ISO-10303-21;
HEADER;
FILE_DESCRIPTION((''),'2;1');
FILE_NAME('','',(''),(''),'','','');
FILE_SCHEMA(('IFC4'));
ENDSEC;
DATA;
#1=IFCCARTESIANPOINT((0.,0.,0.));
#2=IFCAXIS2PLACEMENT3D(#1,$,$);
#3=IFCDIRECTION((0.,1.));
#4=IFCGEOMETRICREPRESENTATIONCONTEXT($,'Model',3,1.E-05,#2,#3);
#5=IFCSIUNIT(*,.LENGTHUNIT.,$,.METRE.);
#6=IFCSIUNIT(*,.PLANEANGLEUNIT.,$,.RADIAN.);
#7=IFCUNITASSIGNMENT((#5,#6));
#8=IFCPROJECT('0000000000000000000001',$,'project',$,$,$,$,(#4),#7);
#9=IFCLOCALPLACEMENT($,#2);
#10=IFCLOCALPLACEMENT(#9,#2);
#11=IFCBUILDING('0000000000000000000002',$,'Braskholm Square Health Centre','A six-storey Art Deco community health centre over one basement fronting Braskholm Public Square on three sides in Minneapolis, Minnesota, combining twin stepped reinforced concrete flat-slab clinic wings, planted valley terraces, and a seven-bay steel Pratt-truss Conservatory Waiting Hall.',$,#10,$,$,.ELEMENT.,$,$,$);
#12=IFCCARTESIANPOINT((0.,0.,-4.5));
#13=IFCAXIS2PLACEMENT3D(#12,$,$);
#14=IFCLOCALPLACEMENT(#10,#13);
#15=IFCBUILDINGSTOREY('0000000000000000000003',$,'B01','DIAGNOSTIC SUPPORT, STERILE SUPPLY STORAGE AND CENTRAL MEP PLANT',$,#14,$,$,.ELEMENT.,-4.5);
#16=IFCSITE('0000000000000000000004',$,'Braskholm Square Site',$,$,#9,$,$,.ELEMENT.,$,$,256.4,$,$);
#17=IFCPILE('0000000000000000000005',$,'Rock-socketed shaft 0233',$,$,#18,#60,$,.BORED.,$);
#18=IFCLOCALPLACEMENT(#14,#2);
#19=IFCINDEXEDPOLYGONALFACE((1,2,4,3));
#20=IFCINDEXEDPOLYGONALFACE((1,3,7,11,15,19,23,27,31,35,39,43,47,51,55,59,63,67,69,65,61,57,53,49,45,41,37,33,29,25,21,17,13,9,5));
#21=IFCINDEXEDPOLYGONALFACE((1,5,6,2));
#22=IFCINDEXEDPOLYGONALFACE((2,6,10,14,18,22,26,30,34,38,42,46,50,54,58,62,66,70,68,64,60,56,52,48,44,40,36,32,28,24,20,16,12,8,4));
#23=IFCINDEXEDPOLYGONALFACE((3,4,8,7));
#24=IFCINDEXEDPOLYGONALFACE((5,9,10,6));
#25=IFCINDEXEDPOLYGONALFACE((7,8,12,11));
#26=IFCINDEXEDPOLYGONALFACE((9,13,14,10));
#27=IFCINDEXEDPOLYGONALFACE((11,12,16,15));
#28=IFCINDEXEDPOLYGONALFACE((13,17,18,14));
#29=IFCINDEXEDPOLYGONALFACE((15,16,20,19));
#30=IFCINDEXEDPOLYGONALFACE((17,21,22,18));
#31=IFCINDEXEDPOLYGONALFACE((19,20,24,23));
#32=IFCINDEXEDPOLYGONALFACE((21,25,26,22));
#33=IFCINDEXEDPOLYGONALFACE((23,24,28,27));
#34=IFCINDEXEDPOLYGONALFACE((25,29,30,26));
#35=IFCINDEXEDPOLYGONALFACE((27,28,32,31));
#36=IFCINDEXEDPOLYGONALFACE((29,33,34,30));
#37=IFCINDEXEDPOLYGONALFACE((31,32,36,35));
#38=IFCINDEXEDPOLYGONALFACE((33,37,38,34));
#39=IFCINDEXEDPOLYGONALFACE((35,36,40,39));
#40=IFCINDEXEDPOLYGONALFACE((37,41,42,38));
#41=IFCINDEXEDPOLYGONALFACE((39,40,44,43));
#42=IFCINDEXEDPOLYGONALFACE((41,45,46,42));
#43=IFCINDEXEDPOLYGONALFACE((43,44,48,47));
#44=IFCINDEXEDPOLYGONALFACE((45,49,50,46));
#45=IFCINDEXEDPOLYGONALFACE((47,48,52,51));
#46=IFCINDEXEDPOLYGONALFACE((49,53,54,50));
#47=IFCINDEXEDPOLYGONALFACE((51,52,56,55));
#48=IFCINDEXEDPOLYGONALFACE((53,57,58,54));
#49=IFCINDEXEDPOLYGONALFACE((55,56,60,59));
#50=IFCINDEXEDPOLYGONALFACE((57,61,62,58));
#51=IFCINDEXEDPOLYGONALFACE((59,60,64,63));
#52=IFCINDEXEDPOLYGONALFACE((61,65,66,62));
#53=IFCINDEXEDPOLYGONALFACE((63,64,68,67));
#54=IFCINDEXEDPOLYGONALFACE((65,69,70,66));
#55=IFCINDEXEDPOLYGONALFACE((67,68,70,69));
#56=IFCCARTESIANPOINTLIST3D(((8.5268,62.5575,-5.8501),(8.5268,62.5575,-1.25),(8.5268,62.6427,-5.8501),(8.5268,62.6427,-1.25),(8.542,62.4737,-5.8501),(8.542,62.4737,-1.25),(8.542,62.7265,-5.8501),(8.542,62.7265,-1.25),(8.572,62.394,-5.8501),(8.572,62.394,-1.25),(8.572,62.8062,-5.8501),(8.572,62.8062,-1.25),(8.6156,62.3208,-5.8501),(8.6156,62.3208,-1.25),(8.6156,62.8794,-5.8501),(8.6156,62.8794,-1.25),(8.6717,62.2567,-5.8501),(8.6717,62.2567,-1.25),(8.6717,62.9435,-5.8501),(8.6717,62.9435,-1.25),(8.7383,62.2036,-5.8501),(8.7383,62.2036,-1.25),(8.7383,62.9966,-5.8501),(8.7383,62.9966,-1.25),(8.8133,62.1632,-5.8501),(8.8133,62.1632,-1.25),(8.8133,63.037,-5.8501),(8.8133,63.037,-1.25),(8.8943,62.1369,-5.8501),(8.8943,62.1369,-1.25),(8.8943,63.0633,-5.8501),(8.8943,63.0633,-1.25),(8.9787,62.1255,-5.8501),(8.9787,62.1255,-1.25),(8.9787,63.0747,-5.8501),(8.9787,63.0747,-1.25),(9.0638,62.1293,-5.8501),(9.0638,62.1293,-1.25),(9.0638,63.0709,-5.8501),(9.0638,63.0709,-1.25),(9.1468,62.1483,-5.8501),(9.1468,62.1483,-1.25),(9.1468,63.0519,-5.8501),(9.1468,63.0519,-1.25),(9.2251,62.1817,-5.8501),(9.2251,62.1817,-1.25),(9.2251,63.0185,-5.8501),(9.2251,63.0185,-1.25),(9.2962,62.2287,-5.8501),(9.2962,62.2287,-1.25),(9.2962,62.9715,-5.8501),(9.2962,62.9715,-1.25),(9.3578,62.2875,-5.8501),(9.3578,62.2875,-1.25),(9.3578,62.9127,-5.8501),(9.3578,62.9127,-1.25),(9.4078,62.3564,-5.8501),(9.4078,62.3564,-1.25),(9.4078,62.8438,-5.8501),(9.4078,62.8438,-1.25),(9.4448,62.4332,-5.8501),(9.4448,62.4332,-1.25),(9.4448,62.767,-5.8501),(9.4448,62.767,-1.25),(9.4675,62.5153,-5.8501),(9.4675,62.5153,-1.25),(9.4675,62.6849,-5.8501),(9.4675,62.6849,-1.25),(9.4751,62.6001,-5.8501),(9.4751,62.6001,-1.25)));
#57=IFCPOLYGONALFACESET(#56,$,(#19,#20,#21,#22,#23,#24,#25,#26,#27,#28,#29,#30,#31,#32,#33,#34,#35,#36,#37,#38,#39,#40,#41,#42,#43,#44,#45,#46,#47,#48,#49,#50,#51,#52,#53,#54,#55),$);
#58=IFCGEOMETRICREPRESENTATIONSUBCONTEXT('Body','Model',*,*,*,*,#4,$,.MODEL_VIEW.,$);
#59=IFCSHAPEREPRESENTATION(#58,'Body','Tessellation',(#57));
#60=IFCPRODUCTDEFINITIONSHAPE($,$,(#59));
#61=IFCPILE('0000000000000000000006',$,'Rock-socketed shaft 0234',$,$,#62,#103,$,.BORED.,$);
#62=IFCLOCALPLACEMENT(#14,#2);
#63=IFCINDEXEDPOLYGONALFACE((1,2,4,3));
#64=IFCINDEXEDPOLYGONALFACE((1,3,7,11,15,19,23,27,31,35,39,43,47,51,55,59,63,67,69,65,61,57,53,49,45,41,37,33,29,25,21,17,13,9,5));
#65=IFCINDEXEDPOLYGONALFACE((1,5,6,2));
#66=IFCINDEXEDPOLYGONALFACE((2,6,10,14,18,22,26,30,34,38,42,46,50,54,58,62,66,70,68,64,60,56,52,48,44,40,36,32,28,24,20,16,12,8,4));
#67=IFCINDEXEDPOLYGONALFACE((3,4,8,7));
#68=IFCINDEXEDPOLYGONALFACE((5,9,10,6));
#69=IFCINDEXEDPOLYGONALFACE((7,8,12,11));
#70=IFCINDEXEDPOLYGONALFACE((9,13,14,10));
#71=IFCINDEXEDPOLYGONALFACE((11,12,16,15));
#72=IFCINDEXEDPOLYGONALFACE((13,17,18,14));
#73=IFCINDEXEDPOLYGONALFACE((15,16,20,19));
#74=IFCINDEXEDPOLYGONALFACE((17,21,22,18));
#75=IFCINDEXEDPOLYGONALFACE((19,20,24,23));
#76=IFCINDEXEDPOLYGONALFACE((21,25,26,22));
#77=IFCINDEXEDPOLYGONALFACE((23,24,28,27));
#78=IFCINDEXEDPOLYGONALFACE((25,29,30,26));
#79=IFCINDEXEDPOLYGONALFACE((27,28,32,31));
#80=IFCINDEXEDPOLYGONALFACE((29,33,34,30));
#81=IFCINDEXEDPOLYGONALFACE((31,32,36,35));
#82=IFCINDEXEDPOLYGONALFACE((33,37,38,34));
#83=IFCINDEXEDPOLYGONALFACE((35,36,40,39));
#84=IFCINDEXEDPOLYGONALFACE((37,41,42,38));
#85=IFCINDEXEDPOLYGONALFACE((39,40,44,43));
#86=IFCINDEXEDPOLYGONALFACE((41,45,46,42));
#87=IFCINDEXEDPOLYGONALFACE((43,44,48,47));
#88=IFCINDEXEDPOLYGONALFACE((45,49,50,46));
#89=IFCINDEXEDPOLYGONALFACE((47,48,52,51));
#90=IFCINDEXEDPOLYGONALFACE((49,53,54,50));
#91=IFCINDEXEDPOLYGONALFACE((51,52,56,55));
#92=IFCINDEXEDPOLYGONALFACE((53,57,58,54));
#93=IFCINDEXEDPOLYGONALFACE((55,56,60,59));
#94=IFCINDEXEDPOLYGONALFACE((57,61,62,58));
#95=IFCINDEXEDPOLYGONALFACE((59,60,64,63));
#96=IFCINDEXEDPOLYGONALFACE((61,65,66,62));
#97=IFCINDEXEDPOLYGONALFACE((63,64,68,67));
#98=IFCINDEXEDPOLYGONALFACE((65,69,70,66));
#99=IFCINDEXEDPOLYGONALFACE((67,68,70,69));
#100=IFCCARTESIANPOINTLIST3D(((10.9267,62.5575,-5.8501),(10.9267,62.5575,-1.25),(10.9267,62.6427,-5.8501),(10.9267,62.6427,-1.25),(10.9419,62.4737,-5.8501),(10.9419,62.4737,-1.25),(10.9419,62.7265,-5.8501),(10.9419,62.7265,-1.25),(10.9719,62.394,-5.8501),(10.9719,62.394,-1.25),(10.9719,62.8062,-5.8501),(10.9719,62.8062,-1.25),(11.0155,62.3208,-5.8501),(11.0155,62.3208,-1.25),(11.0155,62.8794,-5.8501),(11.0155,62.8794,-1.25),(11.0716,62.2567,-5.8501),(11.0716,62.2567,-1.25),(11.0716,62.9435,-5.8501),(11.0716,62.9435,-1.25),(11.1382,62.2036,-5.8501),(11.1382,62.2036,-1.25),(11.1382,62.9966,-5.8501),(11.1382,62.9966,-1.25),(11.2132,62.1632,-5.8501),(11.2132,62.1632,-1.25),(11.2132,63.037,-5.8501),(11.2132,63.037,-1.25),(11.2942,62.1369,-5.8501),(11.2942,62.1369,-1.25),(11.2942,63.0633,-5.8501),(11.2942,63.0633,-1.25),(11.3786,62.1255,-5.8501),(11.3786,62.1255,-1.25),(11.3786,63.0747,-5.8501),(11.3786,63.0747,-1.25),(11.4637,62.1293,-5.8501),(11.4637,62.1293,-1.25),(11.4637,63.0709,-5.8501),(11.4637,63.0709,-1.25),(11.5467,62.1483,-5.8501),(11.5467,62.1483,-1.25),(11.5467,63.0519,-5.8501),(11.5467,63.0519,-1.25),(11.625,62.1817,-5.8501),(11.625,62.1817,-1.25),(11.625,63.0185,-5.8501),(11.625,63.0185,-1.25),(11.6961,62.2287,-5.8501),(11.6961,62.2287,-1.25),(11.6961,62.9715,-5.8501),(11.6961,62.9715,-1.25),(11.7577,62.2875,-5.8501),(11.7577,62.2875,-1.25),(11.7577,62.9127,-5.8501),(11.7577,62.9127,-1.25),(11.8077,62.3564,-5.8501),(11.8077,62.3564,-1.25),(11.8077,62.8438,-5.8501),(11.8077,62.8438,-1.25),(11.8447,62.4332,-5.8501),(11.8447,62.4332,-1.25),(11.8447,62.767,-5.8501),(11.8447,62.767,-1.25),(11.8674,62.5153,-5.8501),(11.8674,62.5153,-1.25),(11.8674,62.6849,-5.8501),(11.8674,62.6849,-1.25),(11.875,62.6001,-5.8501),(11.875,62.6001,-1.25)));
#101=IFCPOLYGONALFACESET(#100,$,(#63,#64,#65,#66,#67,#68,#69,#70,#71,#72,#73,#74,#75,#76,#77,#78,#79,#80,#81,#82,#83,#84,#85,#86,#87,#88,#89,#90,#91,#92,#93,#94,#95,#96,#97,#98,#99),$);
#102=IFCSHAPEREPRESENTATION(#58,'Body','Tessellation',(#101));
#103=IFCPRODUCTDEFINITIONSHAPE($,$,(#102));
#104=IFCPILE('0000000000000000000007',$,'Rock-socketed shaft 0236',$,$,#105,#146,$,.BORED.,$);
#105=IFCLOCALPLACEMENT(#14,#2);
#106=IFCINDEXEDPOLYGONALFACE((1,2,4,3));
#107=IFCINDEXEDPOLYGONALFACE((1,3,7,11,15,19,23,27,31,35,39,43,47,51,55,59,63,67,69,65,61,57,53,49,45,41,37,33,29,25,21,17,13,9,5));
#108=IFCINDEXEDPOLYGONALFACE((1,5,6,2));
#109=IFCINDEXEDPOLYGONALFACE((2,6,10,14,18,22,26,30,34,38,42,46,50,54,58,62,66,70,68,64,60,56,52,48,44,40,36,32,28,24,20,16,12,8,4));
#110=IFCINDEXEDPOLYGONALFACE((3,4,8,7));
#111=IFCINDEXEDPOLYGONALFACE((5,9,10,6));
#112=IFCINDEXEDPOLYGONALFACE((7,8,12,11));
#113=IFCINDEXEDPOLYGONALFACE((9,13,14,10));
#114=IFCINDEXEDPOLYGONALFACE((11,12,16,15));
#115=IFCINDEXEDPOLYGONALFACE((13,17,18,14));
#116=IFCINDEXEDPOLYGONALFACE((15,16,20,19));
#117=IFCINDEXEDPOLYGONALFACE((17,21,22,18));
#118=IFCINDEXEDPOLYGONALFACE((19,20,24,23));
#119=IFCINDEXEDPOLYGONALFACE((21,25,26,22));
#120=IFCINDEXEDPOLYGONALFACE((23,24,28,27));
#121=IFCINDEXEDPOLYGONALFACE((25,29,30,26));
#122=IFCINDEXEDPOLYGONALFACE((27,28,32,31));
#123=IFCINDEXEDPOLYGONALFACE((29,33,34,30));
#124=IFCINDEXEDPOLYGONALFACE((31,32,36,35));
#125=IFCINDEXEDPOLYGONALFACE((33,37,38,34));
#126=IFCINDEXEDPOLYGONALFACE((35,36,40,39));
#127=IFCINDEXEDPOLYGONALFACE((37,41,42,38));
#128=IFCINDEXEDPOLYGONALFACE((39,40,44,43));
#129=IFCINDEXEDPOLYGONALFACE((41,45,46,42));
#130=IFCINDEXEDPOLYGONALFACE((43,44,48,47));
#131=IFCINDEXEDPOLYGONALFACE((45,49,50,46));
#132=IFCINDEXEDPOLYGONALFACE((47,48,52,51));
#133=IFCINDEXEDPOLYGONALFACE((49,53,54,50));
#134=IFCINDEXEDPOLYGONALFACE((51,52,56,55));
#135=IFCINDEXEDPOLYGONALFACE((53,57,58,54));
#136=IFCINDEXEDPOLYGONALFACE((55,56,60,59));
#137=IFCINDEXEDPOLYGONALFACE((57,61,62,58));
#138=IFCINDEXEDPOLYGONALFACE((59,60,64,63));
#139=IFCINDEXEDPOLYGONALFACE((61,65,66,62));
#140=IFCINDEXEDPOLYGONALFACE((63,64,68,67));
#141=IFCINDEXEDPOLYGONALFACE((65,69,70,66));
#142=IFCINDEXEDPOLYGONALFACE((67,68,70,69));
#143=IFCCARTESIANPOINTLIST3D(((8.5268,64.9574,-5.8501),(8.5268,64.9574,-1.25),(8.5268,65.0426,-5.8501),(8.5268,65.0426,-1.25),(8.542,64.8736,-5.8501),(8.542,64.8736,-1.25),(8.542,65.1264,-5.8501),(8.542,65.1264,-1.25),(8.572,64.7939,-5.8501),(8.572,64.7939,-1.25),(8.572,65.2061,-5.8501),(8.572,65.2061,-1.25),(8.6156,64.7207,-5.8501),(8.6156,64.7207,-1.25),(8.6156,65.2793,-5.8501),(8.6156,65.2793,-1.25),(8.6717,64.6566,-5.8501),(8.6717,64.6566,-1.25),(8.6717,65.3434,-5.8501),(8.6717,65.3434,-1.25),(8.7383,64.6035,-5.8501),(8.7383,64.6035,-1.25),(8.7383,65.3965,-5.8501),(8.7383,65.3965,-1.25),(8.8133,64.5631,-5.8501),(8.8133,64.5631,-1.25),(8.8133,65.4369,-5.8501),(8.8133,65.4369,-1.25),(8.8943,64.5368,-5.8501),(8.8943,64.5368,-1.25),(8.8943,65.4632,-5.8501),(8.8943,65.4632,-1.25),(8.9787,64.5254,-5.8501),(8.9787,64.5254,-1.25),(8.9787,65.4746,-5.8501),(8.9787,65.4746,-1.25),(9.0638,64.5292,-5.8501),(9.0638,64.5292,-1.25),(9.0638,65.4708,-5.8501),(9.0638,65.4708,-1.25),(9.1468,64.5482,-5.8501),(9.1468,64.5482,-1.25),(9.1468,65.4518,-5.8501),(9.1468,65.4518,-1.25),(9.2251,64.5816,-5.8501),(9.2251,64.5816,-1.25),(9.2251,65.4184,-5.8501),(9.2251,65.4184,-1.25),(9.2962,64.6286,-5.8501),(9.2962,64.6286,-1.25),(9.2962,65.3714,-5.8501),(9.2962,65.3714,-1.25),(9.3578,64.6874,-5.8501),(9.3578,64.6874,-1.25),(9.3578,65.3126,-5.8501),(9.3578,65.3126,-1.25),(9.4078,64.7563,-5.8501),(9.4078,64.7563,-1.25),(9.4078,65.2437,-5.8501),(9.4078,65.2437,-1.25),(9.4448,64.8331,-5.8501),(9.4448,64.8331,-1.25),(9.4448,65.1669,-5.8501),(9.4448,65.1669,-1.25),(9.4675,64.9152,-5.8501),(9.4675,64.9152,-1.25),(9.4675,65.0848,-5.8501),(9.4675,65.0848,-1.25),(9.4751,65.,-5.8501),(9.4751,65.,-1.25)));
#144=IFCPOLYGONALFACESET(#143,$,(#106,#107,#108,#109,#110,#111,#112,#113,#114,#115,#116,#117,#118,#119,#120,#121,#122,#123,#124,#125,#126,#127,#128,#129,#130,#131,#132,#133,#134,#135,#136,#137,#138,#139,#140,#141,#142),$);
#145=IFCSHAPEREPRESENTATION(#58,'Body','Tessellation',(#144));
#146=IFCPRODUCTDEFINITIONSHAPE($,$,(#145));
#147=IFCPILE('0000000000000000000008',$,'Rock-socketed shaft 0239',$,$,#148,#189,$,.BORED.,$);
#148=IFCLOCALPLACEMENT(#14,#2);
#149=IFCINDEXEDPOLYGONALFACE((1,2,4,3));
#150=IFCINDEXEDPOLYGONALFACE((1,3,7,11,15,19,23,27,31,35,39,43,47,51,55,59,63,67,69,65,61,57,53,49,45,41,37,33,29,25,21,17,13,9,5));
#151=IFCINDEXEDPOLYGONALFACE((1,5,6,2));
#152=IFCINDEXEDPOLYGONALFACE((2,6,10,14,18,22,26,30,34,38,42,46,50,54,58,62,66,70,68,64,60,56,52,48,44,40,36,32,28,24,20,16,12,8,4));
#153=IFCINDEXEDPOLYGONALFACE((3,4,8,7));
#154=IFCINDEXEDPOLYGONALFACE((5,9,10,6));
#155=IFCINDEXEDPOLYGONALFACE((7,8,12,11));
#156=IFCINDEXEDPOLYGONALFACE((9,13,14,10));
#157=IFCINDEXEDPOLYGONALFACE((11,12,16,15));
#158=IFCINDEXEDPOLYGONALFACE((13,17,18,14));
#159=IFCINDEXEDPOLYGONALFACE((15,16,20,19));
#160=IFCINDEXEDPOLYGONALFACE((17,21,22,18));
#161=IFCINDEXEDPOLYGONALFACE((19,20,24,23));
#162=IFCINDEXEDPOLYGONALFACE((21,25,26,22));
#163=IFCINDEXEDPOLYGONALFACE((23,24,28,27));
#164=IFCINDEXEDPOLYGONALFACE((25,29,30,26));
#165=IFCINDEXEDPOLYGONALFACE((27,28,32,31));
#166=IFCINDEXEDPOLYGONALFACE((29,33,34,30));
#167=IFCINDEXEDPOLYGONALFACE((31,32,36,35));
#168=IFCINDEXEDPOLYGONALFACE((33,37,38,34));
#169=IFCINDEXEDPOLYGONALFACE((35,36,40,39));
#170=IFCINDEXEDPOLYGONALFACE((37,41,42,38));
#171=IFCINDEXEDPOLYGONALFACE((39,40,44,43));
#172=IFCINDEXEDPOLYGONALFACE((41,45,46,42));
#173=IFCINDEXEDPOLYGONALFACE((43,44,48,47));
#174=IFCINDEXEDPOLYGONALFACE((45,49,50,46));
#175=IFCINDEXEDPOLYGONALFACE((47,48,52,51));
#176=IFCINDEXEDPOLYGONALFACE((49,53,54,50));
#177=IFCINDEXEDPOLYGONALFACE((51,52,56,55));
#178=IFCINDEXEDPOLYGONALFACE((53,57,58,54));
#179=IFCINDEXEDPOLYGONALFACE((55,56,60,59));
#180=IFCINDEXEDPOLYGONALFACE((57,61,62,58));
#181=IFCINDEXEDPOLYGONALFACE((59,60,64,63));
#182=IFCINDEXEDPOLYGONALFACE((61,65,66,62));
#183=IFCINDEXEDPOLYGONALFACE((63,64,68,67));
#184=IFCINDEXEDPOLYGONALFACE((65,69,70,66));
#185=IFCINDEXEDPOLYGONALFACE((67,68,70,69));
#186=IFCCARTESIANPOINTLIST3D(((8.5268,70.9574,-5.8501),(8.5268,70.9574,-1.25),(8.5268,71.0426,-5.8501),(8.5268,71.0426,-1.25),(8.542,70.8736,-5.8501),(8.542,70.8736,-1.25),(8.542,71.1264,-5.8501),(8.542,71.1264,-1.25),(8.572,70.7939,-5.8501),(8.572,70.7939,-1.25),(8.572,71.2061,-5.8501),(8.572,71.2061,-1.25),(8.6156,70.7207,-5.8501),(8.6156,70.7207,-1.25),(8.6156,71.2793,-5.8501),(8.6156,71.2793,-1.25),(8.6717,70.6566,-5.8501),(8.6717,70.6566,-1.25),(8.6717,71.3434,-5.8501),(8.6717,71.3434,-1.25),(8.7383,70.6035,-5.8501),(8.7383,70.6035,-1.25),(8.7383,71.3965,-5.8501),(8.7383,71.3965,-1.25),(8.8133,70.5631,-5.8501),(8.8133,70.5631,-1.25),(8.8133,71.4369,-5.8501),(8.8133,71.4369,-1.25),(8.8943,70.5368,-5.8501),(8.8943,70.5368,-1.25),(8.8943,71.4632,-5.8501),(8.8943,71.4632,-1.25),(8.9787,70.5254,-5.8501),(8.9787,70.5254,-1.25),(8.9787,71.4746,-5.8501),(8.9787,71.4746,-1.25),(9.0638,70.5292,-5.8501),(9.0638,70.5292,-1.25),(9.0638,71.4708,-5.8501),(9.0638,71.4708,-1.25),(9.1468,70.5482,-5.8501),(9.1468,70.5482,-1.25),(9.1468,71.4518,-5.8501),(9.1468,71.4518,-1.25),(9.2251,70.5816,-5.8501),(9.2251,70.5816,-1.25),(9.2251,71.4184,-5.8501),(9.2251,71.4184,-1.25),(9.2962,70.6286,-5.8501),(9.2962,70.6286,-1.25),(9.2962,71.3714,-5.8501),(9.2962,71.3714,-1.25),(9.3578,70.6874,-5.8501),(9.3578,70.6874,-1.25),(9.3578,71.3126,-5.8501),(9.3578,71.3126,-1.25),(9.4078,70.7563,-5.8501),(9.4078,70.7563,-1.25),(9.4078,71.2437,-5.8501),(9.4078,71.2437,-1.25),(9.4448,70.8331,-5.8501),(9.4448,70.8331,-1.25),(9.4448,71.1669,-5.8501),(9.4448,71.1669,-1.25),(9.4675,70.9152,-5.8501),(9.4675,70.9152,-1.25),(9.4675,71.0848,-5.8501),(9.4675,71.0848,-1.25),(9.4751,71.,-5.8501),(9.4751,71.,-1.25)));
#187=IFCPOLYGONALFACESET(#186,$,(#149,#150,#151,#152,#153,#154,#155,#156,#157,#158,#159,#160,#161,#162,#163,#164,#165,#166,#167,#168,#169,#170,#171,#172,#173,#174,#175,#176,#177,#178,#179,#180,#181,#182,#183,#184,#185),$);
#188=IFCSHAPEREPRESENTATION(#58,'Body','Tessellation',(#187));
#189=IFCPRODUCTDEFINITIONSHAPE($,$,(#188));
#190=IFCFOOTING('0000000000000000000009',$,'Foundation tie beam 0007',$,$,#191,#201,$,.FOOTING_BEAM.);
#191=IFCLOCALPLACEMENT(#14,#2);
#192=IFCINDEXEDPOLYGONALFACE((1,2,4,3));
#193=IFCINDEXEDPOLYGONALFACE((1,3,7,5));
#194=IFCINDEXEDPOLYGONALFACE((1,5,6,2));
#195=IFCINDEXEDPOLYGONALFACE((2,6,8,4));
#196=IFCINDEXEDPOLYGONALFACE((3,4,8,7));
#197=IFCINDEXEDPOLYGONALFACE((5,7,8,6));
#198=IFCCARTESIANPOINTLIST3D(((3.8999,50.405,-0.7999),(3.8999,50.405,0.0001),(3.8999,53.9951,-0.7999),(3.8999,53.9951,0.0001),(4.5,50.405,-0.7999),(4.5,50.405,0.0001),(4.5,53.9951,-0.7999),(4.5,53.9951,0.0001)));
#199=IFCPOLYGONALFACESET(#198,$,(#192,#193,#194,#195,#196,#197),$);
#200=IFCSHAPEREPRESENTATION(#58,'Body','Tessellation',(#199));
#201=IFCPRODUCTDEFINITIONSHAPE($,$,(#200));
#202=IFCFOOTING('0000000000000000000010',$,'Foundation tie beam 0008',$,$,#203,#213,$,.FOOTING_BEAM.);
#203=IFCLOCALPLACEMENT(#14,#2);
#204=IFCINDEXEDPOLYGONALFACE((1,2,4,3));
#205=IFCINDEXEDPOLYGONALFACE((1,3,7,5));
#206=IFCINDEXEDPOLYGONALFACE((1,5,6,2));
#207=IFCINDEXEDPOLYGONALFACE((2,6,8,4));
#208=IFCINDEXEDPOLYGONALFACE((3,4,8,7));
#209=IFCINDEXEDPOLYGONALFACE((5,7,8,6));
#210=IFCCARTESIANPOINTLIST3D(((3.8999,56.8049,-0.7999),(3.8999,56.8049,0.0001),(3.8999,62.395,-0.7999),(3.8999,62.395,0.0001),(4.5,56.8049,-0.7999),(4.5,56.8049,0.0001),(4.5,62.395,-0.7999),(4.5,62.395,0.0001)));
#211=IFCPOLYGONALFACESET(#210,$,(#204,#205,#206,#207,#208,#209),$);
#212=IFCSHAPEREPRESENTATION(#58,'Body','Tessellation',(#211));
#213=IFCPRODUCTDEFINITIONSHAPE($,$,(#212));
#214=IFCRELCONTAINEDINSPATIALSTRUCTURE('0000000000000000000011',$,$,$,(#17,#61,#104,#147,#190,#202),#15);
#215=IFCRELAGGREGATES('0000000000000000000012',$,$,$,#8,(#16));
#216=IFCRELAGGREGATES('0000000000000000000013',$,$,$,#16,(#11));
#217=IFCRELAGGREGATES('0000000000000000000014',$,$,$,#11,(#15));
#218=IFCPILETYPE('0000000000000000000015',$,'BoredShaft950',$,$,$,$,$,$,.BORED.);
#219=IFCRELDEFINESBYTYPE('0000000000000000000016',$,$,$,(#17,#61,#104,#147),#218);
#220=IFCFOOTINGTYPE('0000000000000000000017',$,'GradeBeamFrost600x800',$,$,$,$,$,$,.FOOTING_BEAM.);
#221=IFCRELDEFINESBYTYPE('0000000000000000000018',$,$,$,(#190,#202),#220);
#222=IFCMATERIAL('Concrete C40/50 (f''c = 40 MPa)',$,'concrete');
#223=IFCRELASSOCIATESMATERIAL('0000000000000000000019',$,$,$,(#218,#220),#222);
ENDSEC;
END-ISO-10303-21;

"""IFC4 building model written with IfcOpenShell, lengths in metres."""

from ifc_helpers import new_model, si_unit, direction, frame, origin, origin_2d, place, context, subcontext, project, spatial, rectangle, circle, extrude, material, material_profile, profile_set, type_object, element, save


model = new_model("IFC4")

# Units and contexts
model_context = context("Model", 3, precision=1e-05, world=origin(), true_north=direction((0.0, 1.0)))
body_context = subcontext(model_context, "Body", "Model", "MODEL_VIEW")
ifc_project = project(units=[si_unit("LENGTHUNIT", "METRE"), si_unit("PLANEANGLEUNIT", "RADIAN")], contexts=[model_context])

# Site, building, storey
site_placement = place(None, origin())
site = spatial("IfcSite", under=ifc_project, at=site_placement, Name="Braskholm Square Site", CompositionType="ELEMENT", RefElevation=256.4)
building_placement = place(site_placement, origin())
building = spatial("IfcBuilding", under=site, at=building_placement, Name="Braskholm Square Health Centre", Description="A six-storey Art Deco community health centre over one basement fronting Braskholm Public Square on three sides in Minneapolis, Minnesota, combining twin stepped reinforced concrete flat-slab clinic wings, planted valley terraces, and a seven-bay steel Pratt-truss Conservatory Waiting Hall.", CompositionType="ELEMENT")
storey_placement = place(building_placement, frame((0.0, 0.0, -4.5)))
storey = spatial("IfcBuildingStorey", under=building, at=storey_placement, Name="B01", Description="DIAGNOSTIC SUPPORT, STERILE SUPPLY STORAGE AND CENTRAL MEP PLANT", CompositionType="ELEMENT", Elevation=-4.5)

# Piles
ifc_material_1 = material(Name="Concrete C40/50 (f'c = 40 MPa)", Category="concrete")
ifc_material_profile_1 = material_profile(ifc_material_1, circle(Radius=0.4751, at=origin_2d()), Name="BORED-PILE-950")
ifc_profile_set_1 = profile_set([ifc_material_profile_1], Name="Concrete C40/50 (f'c = 40 MPa)")
pile_type_1 = type_object("IfcPileType", Name="BoredShaft950", PredefinedType="BORED", material=ifc_profile_set_1)
for number, where, z_axis, x_axis, name in (
    (1, (9.0, 62.6001, -1.25), (0.0, 0.0, -1.0), (1.0, 0.0, 0.0), "Rock-socketed shaft 0233"),
    (2, (11.3999, 62.6001, -1.25), (0.0, 0.0, -1.0), (1.0, 0.0, 0.0), "Rock-socketed shaft 0234"),
    (3, (9.0, 65.0, -1.25), (0.0, 0.0, -1.0), (1.0, 0.0, 0.0), "Rock-socketed shaft 0236"),
    (4, (9.0, 71.0, -1.25), (0.0, 0.0, -1.0), (1.0, 0.0, 0.0), "Rock-socketed shaft 0239"),
):
    element("IfcPile", number, at=place(storey_placement, frame(where, z_axis=z_axis, x_axis=x_axis)), inside=storey, type_object=pile_type_1, Name=name, PredefinedType="BORED", context=body_context, shape_type="SweptSolid", body=[
        extrude(circle(Radius=0.4751, at=origin_2d()), origin(), (0.0, 0.0, 1.0), 4.6001),
    ])

# Footings
ifc_material_profile_2 = material_profile(ifc_material_1, rectangle(XDim=0.6001, YDim=0.8, at=origin_2d()), Name="FTG-600X800")
ifc_profile_set_2 = profile_set([ifc_material_profile_2], Name="Concrete C40/50 (f'c = 40 MPa)")
footing_type_1 = type_object("IfcFootingType", Name="GradeBeamFrost600x800", PredefinedType="FOOTING_BEAM", material=ifc_profile_set_2)
footing_1_placement = place(storey_placement, frame((4.2, 50.405, -0.3999), z_axis=(0.0, 1.0, 0.0), x_axis=(-1.0, 0.0, 0.0)))
element("IfcFooting", 5, at=footing_1_placement, inside=storey, type_object=footing_type_1, Name="Foundation tie beam 0007", PredefinedType="FOOTING_BEAM", context=body_context, shape_type="SweptSolid", body=[
    extrude(rectangle(XDim=0.6001, YDim=0.8, at=origin_2d()), origin(), (0.0, 0.0, 1.0), 3.5901),
])
footing_2_placement = place(storey_placement, frame((4.2, 56.8049, -0.3999), z_axis=(0.0, 1.0, 0.0), x_axis=(-1.0, 0.0, 0.0)))
element("IfcFooting", 6, at=footing_2_placement, inside=storey, type_object=footing_type_1, Name="Foundation tie beam 0008", PredefinedType="FOOTING_BEAM", context=body_context, shape_type="SweptSolid", body=[
    extrude(rectangle(XDim=0.6001, YDim=0.8, at=origin_2d()), origin(), (0.0, 0.0, 1.0), 5.5901),
])

save(model, "model.ifc")
